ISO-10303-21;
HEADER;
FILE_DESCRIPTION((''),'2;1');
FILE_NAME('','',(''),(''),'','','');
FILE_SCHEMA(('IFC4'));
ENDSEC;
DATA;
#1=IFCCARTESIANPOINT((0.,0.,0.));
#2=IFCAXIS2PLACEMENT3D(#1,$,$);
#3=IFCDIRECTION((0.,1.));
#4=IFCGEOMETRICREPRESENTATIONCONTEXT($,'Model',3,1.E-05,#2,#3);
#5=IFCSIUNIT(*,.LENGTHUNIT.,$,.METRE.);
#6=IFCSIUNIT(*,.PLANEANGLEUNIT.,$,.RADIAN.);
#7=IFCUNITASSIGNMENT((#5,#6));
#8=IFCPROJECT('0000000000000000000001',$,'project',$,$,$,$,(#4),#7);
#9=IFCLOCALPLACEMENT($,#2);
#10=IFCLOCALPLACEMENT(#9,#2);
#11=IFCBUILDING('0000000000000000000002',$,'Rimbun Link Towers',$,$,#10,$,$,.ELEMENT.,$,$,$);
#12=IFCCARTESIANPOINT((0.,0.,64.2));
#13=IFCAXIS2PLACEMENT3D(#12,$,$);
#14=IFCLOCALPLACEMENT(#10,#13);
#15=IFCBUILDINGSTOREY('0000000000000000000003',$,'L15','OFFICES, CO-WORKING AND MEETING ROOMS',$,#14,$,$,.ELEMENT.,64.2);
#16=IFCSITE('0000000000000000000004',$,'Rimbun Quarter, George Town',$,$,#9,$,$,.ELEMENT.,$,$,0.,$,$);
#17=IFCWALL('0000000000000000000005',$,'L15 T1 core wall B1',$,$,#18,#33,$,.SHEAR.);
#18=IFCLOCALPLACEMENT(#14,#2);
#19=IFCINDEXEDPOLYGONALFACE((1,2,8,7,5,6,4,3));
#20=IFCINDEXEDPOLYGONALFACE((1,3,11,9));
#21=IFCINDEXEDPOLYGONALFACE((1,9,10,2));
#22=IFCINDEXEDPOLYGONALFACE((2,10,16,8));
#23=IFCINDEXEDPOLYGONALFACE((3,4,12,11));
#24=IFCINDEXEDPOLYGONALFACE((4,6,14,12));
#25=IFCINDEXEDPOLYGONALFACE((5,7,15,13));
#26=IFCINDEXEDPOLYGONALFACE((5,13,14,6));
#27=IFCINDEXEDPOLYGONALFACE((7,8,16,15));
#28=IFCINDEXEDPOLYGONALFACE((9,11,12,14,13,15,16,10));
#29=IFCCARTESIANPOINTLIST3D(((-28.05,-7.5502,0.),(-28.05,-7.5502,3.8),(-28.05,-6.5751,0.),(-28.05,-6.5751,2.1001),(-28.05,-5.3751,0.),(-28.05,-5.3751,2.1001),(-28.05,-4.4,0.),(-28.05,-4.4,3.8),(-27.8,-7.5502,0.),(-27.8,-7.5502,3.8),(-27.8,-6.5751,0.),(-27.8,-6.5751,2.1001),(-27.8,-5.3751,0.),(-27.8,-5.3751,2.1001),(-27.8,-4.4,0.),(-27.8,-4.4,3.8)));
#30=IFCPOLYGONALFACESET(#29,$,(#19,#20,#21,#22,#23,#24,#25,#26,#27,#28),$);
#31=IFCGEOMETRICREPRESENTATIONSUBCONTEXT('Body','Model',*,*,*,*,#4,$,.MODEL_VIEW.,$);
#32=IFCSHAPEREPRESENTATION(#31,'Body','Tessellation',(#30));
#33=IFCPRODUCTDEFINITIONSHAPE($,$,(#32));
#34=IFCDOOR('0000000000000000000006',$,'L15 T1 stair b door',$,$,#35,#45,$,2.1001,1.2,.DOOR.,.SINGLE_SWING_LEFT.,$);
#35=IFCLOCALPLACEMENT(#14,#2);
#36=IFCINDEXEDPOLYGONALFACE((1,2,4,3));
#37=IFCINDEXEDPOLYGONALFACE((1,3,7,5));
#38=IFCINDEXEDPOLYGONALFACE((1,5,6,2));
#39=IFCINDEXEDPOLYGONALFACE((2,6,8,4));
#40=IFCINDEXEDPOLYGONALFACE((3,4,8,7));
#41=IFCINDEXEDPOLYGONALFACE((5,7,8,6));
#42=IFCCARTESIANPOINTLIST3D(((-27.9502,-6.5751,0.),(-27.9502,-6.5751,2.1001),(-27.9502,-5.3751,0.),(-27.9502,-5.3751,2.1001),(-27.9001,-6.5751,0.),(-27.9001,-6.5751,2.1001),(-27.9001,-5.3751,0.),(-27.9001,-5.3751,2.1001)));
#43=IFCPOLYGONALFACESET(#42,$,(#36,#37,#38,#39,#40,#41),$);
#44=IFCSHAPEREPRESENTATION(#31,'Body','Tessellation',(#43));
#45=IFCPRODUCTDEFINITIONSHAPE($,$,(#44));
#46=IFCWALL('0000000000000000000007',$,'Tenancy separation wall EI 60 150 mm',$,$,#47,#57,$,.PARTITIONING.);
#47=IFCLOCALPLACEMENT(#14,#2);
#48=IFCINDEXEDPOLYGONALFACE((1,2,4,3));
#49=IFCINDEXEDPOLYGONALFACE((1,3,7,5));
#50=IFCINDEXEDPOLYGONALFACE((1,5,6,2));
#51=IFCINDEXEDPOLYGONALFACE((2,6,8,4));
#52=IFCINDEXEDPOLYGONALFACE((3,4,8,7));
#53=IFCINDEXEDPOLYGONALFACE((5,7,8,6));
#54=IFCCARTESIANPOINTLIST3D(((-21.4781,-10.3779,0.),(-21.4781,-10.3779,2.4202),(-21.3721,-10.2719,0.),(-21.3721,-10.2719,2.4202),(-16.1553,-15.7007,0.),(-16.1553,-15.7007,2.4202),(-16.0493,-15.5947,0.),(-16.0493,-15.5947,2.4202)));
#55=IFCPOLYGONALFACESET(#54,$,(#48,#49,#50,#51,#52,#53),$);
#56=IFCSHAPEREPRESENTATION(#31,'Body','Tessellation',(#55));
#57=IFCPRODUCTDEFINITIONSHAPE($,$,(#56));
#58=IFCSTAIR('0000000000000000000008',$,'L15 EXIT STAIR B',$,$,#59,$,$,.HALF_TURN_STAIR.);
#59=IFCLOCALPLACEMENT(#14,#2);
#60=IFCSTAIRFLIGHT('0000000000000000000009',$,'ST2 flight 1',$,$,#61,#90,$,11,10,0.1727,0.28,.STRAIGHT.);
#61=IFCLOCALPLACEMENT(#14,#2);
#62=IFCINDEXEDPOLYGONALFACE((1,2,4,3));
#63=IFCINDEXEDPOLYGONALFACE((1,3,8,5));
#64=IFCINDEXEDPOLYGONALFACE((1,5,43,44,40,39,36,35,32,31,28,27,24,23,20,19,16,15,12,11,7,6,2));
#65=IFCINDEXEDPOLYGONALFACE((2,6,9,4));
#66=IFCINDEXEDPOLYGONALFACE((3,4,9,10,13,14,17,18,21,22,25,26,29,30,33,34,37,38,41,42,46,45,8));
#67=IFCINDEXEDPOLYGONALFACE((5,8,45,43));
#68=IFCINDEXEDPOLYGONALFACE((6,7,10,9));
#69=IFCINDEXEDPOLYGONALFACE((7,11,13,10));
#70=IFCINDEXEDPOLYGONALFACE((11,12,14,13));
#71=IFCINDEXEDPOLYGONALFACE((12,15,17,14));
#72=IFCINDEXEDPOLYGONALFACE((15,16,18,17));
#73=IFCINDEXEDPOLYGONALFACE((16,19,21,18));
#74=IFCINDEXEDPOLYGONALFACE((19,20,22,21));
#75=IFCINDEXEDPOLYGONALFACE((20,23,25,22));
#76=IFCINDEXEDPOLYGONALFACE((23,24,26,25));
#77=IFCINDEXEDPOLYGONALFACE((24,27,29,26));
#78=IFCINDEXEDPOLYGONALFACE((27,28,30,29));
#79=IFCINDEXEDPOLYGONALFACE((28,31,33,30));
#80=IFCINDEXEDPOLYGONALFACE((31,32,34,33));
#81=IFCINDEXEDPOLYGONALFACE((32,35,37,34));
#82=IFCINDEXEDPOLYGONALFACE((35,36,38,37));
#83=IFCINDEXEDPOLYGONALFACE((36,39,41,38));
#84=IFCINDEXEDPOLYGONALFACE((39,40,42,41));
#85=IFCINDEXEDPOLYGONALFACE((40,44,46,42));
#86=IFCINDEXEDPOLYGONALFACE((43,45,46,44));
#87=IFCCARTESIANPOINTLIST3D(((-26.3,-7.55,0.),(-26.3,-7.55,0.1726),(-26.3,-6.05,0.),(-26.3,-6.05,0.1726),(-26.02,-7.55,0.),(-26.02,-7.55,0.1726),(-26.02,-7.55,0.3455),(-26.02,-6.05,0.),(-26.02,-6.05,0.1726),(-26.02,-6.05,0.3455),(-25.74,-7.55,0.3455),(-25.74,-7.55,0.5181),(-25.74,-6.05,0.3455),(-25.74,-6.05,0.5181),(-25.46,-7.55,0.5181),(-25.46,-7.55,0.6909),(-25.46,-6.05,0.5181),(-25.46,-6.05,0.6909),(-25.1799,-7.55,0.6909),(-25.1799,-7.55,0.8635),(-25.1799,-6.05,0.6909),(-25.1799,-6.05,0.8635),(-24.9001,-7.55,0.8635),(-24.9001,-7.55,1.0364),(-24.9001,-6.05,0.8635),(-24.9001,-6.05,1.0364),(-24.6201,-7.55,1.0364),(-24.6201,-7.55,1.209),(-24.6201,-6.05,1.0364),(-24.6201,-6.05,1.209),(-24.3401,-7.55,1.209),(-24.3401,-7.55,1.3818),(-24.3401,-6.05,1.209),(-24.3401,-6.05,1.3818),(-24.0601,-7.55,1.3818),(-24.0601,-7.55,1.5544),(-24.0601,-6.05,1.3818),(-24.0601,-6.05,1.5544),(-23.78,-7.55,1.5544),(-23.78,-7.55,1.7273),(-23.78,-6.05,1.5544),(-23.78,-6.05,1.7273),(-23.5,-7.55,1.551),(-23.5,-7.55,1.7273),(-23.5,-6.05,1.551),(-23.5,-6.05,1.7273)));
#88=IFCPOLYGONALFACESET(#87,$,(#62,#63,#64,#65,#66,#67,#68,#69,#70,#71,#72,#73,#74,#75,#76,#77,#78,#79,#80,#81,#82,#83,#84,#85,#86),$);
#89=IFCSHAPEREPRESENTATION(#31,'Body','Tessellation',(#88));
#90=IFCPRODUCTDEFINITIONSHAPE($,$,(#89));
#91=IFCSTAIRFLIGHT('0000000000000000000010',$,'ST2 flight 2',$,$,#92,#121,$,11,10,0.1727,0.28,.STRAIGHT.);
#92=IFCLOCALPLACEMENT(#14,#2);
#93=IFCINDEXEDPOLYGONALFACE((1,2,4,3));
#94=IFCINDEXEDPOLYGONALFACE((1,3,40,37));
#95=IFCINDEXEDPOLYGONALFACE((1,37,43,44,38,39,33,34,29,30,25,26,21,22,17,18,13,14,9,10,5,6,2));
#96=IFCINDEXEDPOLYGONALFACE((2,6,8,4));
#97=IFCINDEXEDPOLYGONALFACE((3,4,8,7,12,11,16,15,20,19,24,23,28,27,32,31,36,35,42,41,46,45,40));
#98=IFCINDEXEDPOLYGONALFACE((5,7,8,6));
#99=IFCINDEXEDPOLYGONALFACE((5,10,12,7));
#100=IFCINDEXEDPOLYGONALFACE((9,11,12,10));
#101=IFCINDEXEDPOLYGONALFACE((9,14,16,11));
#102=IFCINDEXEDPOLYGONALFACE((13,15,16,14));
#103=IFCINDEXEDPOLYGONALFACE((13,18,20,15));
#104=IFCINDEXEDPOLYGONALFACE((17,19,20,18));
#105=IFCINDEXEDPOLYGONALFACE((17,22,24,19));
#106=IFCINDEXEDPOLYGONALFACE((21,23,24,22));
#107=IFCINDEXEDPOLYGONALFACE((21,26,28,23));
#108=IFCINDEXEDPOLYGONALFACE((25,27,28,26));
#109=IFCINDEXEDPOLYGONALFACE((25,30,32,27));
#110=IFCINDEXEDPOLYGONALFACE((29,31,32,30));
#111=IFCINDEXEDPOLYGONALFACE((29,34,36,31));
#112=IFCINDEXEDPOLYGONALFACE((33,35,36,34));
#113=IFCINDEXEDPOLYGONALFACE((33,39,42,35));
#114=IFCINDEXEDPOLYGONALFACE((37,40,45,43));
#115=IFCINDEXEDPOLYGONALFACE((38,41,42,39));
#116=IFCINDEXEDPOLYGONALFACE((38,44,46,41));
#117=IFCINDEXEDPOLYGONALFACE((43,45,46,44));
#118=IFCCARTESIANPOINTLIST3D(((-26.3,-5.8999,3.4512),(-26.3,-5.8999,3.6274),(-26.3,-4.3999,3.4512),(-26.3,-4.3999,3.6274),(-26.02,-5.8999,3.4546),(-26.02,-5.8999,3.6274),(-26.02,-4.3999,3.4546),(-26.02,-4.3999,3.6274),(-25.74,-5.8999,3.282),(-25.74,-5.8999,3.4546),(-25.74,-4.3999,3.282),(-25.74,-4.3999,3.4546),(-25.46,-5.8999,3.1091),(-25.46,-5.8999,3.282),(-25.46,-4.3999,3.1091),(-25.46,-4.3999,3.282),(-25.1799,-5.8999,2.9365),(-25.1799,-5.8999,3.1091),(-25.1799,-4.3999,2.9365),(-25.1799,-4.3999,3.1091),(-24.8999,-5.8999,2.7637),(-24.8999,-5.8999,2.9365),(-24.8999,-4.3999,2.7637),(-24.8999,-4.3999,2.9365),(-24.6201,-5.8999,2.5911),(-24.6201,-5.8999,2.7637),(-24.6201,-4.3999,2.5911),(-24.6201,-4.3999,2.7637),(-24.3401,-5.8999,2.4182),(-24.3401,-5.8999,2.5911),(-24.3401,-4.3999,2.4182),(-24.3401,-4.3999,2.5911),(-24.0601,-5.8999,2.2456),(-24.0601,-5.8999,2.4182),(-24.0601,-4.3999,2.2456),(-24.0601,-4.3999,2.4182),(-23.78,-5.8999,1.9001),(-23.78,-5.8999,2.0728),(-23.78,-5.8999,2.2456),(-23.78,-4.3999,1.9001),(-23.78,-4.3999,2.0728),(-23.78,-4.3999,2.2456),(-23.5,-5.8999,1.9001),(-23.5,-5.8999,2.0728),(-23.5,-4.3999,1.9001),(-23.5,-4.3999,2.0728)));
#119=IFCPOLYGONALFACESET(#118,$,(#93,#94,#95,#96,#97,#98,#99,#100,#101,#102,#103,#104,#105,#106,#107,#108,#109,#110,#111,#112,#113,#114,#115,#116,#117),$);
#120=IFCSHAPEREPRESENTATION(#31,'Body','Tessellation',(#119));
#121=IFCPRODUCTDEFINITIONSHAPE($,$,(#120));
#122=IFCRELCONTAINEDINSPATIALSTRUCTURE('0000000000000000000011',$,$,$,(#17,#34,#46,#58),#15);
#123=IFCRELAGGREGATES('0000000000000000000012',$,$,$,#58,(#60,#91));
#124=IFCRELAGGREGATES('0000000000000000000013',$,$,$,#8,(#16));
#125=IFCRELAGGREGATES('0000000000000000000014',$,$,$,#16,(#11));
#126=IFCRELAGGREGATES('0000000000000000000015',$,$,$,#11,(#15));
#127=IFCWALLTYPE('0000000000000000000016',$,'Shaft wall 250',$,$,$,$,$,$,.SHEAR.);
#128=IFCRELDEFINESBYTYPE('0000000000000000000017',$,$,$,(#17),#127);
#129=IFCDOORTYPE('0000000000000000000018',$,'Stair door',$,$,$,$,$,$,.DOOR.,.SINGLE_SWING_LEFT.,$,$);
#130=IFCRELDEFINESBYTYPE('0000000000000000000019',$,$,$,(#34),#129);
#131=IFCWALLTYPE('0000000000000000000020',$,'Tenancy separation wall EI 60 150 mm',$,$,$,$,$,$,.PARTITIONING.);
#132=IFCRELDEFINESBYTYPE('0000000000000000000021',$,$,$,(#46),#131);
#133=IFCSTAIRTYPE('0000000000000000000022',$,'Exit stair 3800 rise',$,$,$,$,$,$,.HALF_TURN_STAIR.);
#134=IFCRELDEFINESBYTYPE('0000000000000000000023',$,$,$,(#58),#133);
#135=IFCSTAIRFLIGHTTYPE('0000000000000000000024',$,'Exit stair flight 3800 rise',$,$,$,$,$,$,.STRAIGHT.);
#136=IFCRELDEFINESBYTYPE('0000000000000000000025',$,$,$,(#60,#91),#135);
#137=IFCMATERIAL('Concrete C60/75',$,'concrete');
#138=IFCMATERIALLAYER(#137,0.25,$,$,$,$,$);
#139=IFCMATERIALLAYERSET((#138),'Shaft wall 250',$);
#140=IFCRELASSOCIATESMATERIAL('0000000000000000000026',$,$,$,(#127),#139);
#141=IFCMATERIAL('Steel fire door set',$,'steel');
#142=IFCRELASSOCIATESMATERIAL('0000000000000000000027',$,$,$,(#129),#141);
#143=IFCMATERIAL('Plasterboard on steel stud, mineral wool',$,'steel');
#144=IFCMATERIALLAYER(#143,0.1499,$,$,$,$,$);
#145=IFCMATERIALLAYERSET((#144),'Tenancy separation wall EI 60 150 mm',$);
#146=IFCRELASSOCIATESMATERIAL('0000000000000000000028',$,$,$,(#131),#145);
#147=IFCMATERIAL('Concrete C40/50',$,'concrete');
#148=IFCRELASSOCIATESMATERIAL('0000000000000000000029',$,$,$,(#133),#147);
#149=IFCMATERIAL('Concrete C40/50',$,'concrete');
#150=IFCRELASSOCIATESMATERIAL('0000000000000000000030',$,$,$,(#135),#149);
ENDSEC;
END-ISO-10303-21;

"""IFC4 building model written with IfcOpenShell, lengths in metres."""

from ifc_helpers import new_model, si_unit, direction, frame, frame_2d, origin, place, context, subcontext, project, spatial, polyline, rectangle, outline, extrude, material, layer, layer_set, type_object, element, fill, aggregate, save


model = new_model("IFC4")

# Units and contexts
model_context = context("Model", 3, precision=1e-05, world=origin(), true_north=direction((0.0, 1.0)))
body_context = subcontext(model_context, "Body", "Model", "MODEL_VIEW")
ifc_project = project(units=[si_unit("LENGTHUNIT", "METRE"), si_unit("PLANEANGLEUNIT", "RADIAN")], contexts=[model_context])

# Site, building, storey
site_placement = place(None, origin())
site = spatial("IfcSite", under=ifc_project, at=site_placement, Name="Rimbun Quarter, George Town", CompositionType="ELEMENT", RefElevation=0.0)
building_placement = place(site_placement, origin())
building = spatial("IfcBuilding", under=site, at=building_placement, Name="Rimbun Link Towers", CompositionType="ELEMENT")
storey_placement = place(building_placement, frame((0.0, 0.0, 64.2)))
storey = spatial("IfcBuildingStorey", under=building, at=storey_placement, Name="L15", Description="OFFICES, CO-WORKING AND MEETING ROOMS", CompositionType="ELEMENT", Elevation=64.2)

# Shared definitions
ifc_material_1 = material(Name="Concrete C60/75", Category="concrete")
ifc_layer_1 = layer(ifc_material_1, 0.25)
ifc_layer_set_1 = layer_set([ifc_layer_1], Name="Shaft wall 250")
wall_type_1 = type_object("IfcWallType", Name="Shaft wall 250", PredefinedType="SHEAR", material=ifc_layer_set_1)

# Wall, opening, door
wall_1_placement = place(storey_placement, frame((-27.925, -4.3999, 0.0), z_axis=(0.0, 0.0, 1.0), x_axis=(0.0, -1.0, 0.0)))
wall_1 = element("IfcWall", 1, at=wall_1_placement, inside=storey, type_object=wall_type_1, Name="L15 T1 core wall B1", PredefinedType="SHEAR", context=body_context, shape_type="SweptSolid", body=[
    extrude(rectangle(XDim=3.1501, YDim=0.25, at=frame_2d((1.5752, 0.0))), origin(), (0.0, 0.0, 1.0), 3.8),
])
opening_1_placement = place(wall_1_placement, frame((0.9751, 0.0, 0.0)))
opening_1 = element("IfcOpeningElement", 2, at=opening_1_placement, cuts=wall_1, PredefinedType="OPENING", context=body_context, shape_type="SweptSolid", body=[
    extrude(rectangle(XDim=1.2, YDim=2.1001, at=frame_2d((0.6001, 1.05))), frame((0.0, 0.135, 0.0), z_axis=(0.0, -1.0, 0.0), x_axis=(1.0, 0.0, 0.0)), (0.0, 0.0, 1.0), 0.27),
])
ifc_material_2 = material(Name="Steel fire door set", Category="steel")
door_type_1 = type_object("IfcDoorType", Name="Stair door", OperationType="SINGLE_SWING_LEFT", PredefinedType="DOOR", material=ifc_material_2)
door_1_placement = place(opening_1_placement, origin())
door_1 = element("IfcDoor", 3, at=door_1_placement, inside=storey, type_object=door_type_1, Name="L15 T1 stair b door", OperationType="SINGLE_SWING_LEFT", OverallHeight=2.1001, OverallWidth=1.2, PredefinedType="DOOR", context=body_context, shape_type="SweptSolid", body=[
    extrude(rectangle(XDim=1.2, YDim=2.1001, at=frame_2d((0.6001, 1.05))), frame((0.0, 0.0249, 0.0), z_axis=(0.0, -1.0, 0.0), x_axis=(1.0, 0.0, 0.0)), (0.0, 0.0, 1.0), 0.05),
])
fill(opening_1, door_1)

# Wall
ifc_material_3 = material(Name="Plasterboard on steel stud, mineral wool", Category="steel")
ifc_layer_2 = layer(ifc_material_3, 0.1499)
ifc_layer_set_2 = layer_set([ifc_layer_2], Name="Tenancy separation wall EI 60 150 mm")
wall_type_2 = type_object("IfcWallType", Name="Tenancy separation wall EI 60 150 mm", PredefinedType="PARTITIONING", material=ifc_layer_set_2)
wall_2_placement = place(storey_placement, frame((-21.425, -10.325, 0.0), z_axis=(0.0, 0.0, 1.0), x_axis=(0.707107, -0.707107, 0.0)))
element("IfcWall", 4, at=wall_2_placement, inside=storey, type_object=wall_type_2, Name="Tenancy separation wall EI 60 150 mm", PredefinedType="PARTITIONING", context=body_context, shape_type="SweptSolid", body=[
    extrude(rectangle(XDim=7.5276, YDim=0.1499, at=frame_2d((3.7637, 0.0))), origin(), (0.0, 0.0, 1.0), 2.4202),
])

# Stair, stair flights
ifc_material_4 = material(Name="Concrete C40/50", Category="concrete")
stair_type = type_object("IfcStairType", Name="Exit stair 3800 rise", PredefinedType="HALF_TURN_STAIR", material=ifc_material_4)
stair_placement = place(storey_placement, origin())
stair = element("IfcStair", 5, at=stair_placement, inside=storey, type_object=stair_type, Name="L15 EXIT STAIR B", PredefinedType="HALF_TURN_STAIR")
ifc_material_5 = material(Name="Concrete C40/50", Category="concrete")
stair_flight_type = type_object("IfcStairFlightType", Name="Exit stair flight 3800 rise", PredefinedType="STRAIGHT", material=ifc_material_5)
stair_flight_1_placement = place(storey_placement, frame((-26.3, -6.8, 0.0), z_axis=(0.0, 0.0, 1.0), x_axis=(1.0, 0.0, 0.0)))
stair_flight_1 = element("IfcStairFlight", 6, at=stair_flight_1_placement, type_object=stair_flight_type, Name="ST2 flight 1", NumberOfRisers=11, NumberOfTreads=10, PredefinedType="STRAIGHT", RiserHeight=0.1727, TreadLength=0.28, context=body_context, shape_type="SweptSolid", body=[
    extrude(outline(polyline([(0.0, 0.0), (0.0, 0.1726), (0.28, 0.1726), (0.28, 0.3455), (0.5601, 0.3455), (0.5601, 0.5181), (0.8401, 0.5181), (0.8401, 0.6909), (1.1201, 0.6909), (1.1201, 0.8635), (1.3999, 0.8635), (1.3999, 1.0364), (1.6799, 1.0364), (1.6799, 1.209), (1.96, 1.209), (1.96, 1.3818), (2.24, 1.3818), (2.24, 1.5544), (2.52, 1.5544), (2.52, 1.7273), (2.8, 1.7273), (2.8, 1.8999), (2.8, 1.551), (0.28, 0.0), (0.0, 0.0)])), frame((0.0, 0.75, 0.0), z_axis=(0.0, -1.0, 0.0), x_axis=(1.0, 0.0, 0.0)), (0.0, 0.0, 1.0), 1.5),
])
stair_flight_2_placement = place(storey_placement, frame((-23.5, -5.1499, 1.9001), z_axis=(0.0, 0.0, 1.0), x_axis=(-1.0, 0.0, 0.0)))
stair_flight_2 = element("IfcStairFlight", 7, at=stair_flight_2_placement, type_object=stair_flight_type, Name="ST2 flight 2", NumberOfRisers=11, NumberOfTreads=10, PredefinedType="STRAIGHT", RiserHeight=0.1727, TreadLength=0.28, context=body_context, shape_type="SweptSolid", body=[
    extrude(outline(polyline([(0.0, 0.0), (0.0, 0.1726), (0.28, 0.1726), (0.28, 0.3455), (0.5601, 0.3455), (0.5601, 0.5181), (0.8401, 0.5181), (0.8401, 0.6909), (1.1201, 0.6909), (1.1201, 0.8635), (1.3999, 0.8635), (1.3999, 1.0364), (1.6799, 1.0364), (1.6799, 1.209), (1.96, 1.209), (1.96, 1.3818), (2.24, 1.3818), (2.24, 1.5544), (2.52, 1.5544), (2.52, 1.7273), (2.8, 1.7273), (2.8, 1.8999), (2.8, 1.551), (0.28, 0.0), (0.0, 0.0)])), frame((0.0, 0.75, 0.0), z_axis=(0.0, -1.0, 0.0), x_axis=(1.0, 0.0, 0.0)), (0.0, 0.0, 1.0), 1.5),
])
aggregate(stair, [stair_flight_1, stair_flight_2])

save(model, "model.ifc")
